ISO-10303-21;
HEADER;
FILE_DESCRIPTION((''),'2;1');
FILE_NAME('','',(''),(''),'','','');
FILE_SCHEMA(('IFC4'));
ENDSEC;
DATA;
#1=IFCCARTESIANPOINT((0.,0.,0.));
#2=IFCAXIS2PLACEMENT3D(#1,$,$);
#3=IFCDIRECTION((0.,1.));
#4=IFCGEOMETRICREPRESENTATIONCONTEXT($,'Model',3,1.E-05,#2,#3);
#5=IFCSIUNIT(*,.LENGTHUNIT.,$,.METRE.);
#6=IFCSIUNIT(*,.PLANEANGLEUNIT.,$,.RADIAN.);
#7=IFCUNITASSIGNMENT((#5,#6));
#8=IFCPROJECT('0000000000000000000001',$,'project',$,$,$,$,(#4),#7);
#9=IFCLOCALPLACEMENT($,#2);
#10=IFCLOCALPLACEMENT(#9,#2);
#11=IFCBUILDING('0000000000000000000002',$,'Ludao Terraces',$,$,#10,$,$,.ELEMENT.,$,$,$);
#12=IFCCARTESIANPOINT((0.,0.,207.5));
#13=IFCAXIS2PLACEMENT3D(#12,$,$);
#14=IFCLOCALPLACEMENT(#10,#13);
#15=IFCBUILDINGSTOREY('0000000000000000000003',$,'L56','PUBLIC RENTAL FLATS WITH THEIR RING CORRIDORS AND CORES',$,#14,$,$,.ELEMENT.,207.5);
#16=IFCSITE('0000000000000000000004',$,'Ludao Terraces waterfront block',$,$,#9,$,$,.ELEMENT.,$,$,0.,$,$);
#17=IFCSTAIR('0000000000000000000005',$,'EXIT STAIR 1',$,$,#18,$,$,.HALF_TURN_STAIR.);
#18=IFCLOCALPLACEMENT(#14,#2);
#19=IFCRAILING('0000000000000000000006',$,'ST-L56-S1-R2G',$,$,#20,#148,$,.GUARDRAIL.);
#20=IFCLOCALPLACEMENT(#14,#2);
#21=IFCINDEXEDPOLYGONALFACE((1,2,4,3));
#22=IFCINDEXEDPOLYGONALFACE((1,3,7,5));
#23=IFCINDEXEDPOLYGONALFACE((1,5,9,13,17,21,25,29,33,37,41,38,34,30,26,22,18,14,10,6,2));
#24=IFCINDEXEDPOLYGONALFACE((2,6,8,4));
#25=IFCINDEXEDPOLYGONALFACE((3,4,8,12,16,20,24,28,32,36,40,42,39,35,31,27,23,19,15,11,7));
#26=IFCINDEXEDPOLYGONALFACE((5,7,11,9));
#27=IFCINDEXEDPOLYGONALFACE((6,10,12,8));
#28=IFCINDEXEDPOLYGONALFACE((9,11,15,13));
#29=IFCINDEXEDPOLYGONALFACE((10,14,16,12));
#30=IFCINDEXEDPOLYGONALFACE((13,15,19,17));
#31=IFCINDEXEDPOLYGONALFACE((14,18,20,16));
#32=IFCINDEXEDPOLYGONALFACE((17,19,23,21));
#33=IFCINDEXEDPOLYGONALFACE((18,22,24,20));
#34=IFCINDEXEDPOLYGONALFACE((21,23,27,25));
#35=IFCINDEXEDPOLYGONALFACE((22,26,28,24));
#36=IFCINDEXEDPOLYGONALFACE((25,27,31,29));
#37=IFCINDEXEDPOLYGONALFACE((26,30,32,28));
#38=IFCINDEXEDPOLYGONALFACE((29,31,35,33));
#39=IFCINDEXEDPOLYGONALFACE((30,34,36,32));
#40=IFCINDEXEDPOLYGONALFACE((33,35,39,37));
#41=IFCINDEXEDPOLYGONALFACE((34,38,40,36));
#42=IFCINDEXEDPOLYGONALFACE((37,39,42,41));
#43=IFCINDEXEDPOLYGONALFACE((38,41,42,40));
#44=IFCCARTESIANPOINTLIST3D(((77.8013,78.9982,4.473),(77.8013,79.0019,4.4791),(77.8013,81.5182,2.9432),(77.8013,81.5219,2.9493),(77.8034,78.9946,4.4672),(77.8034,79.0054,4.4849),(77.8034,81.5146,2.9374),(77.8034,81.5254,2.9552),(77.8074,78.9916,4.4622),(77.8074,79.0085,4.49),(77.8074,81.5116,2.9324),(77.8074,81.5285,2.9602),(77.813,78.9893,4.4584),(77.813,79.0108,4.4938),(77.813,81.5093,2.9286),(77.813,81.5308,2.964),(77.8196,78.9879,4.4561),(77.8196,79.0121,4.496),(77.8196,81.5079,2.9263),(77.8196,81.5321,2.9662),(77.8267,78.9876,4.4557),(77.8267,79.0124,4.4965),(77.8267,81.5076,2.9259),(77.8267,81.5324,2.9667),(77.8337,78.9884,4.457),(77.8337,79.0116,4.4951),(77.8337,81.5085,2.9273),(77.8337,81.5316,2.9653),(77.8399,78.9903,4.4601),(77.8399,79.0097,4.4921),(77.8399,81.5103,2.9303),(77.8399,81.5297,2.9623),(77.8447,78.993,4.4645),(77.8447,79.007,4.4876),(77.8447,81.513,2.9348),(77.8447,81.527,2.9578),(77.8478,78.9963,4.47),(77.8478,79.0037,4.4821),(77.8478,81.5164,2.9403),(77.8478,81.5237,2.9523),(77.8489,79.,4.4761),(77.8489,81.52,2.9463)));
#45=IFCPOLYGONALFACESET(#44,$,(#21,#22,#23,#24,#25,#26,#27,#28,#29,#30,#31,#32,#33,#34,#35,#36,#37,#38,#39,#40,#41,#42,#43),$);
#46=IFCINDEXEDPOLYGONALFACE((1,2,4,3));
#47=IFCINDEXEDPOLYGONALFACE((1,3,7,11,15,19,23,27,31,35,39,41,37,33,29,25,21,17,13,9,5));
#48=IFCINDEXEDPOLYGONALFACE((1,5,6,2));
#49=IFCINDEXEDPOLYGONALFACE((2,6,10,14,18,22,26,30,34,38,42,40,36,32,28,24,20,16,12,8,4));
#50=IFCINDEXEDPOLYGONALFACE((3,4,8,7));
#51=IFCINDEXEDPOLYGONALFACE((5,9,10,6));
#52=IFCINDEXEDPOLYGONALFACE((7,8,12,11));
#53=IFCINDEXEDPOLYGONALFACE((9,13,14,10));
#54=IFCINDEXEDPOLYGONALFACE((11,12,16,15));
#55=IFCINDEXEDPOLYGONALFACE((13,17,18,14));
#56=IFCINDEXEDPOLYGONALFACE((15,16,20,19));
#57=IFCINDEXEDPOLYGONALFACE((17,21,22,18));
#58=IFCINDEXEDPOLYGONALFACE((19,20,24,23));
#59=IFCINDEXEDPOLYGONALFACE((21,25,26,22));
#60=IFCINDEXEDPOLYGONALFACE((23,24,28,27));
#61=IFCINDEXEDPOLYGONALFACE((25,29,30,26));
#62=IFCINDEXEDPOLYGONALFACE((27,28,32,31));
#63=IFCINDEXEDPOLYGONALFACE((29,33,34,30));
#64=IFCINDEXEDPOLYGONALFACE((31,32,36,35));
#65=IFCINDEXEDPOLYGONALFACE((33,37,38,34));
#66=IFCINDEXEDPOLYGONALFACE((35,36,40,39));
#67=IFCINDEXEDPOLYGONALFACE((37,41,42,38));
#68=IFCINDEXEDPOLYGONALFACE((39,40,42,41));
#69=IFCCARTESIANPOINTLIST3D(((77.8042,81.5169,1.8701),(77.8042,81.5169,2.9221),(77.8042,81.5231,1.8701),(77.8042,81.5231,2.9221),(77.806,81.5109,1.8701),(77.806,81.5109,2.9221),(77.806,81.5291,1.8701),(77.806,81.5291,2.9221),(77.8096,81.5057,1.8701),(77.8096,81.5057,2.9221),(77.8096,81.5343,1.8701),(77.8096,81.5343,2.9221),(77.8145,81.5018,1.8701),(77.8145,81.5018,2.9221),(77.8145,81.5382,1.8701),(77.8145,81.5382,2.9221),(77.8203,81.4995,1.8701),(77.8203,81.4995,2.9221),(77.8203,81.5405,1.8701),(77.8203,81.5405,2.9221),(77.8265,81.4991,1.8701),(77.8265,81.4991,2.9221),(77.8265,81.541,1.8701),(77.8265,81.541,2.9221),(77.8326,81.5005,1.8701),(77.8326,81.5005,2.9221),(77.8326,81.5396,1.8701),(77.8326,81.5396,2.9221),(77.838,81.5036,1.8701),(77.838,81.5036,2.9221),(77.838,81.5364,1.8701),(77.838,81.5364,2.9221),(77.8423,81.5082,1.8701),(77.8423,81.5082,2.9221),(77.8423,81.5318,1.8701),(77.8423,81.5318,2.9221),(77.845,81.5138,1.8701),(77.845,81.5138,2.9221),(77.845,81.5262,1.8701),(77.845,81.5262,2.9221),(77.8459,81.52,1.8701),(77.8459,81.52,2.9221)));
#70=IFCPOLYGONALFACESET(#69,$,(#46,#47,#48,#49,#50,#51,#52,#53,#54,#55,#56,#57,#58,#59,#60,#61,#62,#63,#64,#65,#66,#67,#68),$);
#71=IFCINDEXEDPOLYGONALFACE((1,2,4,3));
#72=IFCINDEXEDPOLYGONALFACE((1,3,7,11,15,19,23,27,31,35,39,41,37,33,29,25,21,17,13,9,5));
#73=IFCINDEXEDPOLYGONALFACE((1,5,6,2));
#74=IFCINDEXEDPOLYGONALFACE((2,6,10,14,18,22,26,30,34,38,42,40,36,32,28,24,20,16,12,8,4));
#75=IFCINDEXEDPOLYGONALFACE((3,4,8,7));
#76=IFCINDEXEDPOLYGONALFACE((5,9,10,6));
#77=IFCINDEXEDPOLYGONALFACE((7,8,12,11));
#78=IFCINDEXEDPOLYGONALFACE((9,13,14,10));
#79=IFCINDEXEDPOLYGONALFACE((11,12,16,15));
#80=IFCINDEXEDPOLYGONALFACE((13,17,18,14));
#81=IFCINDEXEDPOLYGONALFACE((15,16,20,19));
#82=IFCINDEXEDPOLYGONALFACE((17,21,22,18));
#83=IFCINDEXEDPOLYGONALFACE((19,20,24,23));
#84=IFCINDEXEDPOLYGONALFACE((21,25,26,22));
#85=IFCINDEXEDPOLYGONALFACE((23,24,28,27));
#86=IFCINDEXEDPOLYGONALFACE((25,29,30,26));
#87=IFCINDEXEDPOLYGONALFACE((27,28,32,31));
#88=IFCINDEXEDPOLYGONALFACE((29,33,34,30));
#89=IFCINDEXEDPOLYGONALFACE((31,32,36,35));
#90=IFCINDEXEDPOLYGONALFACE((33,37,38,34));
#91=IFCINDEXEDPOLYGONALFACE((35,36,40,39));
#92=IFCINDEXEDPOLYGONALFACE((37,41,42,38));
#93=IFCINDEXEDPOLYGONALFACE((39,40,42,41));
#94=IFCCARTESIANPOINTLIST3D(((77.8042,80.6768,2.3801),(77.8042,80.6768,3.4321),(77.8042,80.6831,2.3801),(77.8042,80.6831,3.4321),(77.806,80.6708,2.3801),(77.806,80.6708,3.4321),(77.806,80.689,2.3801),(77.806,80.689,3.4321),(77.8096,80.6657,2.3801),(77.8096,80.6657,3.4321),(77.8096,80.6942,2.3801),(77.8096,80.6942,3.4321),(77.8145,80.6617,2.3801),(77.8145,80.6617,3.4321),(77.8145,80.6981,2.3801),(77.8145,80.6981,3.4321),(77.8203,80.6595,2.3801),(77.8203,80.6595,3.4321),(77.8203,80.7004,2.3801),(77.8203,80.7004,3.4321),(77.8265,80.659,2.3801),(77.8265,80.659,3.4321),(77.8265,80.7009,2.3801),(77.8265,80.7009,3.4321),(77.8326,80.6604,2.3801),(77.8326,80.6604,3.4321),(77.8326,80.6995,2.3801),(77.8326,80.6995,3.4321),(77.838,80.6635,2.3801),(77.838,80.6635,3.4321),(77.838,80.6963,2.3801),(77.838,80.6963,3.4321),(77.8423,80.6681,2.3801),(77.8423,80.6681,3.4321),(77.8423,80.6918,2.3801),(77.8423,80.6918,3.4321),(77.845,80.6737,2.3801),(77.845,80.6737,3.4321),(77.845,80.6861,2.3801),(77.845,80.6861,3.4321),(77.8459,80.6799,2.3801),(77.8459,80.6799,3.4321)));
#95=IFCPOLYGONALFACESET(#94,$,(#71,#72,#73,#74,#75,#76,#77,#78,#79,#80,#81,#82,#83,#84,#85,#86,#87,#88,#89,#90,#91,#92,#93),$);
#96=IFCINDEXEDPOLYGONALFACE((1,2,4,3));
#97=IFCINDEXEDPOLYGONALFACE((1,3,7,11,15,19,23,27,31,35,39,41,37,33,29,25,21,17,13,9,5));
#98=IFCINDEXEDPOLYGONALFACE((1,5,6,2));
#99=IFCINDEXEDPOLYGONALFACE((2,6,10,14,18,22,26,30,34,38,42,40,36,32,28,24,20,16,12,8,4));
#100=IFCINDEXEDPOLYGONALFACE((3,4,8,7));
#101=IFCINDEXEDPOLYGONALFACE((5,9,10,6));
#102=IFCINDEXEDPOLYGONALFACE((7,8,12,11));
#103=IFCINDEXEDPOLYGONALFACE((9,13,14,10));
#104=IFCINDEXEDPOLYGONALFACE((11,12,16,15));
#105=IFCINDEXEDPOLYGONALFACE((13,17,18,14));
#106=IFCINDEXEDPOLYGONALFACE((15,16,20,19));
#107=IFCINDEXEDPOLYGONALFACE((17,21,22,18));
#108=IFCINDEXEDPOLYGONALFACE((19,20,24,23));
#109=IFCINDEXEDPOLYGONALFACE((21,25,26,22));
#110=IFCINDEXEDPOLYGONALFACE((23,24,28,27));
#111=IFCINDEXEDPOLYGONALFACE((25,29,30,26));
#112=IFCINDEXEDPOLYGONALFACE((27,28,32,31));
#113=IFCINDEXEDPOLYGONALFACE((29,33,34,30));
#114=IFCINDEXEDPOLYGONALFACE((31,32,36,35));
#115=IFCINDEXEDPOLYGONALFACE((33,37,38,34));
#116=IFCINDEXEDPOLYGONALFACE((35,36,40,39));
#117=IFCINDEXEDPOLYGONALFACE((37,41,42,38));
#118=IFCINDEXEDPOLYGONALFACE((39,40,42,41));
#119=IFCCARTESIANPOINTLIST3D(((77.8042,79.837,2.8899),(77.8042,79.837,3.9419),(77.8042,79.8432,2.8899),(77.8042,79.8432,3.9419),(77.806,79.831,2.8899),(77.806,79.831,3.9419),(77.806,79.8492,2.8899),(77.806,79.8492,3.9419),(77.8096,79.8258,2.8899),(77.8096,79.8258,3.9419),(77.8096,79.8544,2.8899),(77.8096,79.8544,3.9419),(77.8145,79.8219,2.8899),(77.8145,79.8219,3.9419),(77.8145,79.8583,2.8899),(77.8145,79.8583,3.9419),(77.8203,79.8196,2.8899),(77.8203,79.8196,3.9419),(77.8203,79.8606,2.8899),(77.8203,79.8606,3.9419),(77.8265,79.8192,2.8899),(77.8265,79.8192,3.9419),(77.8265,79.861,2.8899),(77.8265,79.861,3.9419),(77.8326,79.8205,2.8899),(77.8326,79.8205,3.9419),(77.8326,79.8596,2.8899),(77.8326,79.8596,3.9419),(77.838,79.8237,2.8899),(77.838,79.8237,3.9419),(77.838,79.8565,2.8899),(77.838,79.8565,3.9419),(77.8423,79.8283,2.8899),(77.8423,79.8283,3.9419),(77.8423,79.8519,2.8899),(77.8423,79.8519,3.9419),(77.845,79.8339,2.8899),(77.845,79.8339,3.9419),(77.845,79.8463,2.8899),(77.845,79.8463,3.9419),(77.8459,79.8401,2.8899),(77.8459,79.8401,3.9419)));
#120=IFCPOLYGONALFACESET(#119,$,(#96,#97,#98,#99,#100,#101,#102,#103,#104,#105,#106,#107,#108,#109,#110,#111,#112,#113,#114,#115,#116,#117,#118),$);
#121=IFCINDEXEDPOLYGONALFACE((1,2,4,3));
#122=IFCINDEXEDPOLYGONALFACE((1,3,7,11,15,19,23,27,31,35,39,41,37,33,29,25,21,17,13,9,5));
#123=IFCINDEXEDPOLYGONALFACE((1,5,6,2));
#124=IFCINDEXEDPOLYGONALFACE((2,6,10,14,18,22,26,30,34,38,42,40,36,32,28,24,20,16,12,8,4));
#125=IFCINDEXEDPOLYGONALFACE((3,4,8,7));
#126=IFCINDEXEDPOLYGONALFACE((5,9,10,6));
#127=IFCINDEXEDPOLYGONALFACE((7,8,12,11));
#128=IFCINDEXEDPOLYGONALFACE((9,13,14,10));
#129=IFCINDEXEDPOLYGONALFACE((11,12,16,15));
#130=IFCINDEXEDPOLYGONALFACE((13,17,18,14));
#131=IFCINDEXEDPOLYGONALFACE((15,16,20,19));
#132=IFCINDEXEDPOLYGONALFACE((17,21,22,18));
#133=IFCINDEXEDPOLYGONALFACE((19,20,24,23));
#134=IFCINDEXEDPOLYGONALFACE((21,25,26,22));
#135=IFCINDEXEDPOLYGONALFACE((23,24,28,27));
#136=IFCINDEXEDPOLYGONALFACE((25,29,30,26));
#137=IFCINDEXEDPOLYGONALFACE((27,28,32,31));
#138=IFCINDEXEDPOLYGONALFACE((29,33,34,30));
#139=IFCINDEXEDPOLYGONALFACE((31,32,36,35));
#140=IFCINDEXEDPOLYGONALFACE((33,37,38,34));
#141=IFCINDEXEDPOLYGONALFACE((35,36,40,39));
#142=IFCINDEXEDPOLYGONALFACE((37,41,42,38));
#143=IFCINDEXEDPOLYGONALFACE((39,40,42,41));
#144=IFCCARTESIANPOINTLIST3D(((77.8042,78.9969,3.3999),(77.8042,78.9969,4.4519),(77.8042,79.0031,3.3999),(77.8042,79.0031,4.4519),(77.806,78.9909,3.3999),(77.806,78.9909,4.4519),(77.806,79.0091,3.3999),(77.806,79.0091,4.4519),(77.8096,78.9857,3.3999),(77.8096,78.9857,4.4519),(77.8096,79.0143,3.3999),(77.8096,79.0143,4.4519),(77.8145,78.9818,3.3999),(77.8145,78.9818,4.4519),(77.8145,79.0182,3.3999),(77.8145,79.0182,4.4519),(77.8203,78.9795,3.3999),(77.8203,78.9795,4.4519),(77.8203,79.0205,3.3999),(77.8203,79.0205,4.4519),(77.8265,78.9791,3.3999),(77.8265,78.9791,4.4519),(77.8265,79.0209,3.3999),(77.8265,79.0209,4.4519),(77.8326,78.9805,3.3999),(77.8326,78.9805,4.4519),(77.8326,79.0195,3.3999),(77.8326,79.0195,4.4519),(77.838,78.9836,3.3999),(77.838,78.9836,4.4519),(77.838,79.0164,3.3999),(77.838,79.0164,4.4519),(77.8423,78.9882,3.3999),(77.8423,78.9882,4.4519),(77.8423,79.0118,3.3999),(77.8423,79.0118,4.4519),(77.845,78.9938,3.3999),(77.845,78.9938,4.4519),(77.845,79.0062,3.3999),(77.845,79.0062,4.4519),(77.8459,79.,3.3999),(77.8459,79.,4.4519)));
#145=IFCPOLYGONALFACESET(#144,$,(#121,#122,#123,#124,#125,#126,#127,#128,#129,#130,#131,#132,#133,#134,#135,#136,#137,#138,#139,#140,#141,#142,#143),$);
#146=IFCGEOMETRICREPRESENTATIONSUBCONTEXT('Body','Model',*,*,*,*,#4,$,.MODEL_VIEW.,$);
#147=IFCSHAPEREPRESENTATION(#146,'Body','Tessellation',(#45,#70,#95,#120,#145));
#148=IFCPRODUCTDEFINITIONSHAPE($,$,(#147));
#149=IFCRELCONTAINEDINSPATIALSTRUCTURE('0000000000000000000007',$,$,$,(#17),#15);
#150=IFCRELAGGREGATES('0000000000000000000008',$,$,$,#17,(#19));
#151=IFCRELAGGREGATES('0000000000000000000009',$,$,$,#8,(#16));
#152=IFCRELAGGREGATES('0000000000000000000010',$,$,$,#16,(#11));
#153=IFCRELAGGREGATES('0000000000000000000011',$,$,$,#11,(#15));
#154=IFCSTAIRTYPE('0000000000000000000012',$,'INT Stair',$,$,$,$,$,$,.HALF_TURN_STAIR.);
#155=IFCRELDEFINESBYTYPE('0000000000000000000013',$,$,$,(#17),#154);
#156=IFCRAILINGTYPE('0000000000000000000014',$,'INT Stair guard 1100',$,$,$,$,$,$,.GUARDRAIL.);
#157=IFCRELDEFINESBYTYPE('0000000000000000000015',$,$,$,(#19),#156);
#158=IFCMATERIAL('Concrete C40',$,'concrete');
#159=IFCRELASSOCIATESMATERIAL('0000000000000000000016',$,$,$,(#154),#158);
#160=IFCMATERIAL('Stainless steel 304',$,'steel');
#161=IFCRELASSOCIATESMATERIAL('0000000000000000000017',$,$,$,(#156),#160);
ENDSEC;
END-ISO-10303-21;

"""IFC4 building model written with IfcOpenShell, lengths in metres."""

from ifc_helpers import new_model, si_unit, direction, frame, origin, origin_2d, place, context, subcontext, project, spatial, circle, extrude, material, type_object, element, aggregate, save


model = new_model("IFC4")

# Units and contexts
model_context = context("Model", 3, precision=1e-05, world=origin(), true_north=direction((0.0, 1.0)))
body_context = subcontext(model_context, "Body", "Model", "MODEL_VIEW")
ifc_project = project(units=[si_unit("LENGTHUNIT", "METRE"), si_unit("PLANEANGLEUNIT", "RADIAN")], contexts=[model_context])

# Site, building, storey
site_placement = place(None, origin())
site = spatial("IfcSite", under=ifc_project, at=site_placement, Name="Ludao Terraces waterfront block", CompositionType="ELEMENT", RefElevation=0.0)
building_placement = place(site_placement, origin())
building = spatial("IfcBuilding", under=site, at=building_placement, Name="Ludao Terraces", CompositionType="ELEMENT")
storey_placement = place(building_placement, frame((0.0, 0.0, 207.5)))
storey = spatial("IfcBuildingStorey", under=building, at=storey_placement, Name="L56", Description="PUBLIC RENTAL FLATS WITH THEIR RING CORRIDORS AND CORES", CompositionType="ELEMENT", Elevation=207.5)

# Shared definitions
ifc_material_1 = material(Name="Concrete C40", Category="concrete")

# Stair, railing
stair_type = type_object("IfcStairType", Name="INT Stair", PredefinedType="HALF_TURN_STAIR", material=ifc_material_1)
stair_placement = place(storey_placement, origin())
stair = element("IfcStair", 1, at=stair_placement, inside=storey, type_object=stair_type, Name="EXIT STAIR 1", PredefinedType="HALF_TURN_STAIR")
ifc_material_2 = material(Name="Stainless steel 304", Category="steel")
railing_type_1 = type_object("IfcRailingType", Name="INT Stair guard 1100", PredefinedType="GUARDRAIL", material=ifc_material_2)
railing_1_placement = place(storey_placement, frame((77.825, 81.52, 1.8701)))
railing_1 = element("IfcRailing", 2, at=railing_1_placement, type_object=railing_type_1, Name="ST-L56-S1-R2G", PredefinedType="GUARDRAIL", context=body_context, shape_type="SweptSolid", body=[
    extrude(circle(Radius=0.0239, at=origin_2d()), frame((0.0, 0.0, 1.0762), z_axis=(0.0, -0.854822, 0.518922), x_axis=(1.0, 0.0, 0.0)), (0.0, 0.0, 1.0), 2.948),
    extrude(circle(Radius=0.021, at=origin_2d()), origin(), (0.0, 0.0, 1.0), 1.052),
    extrude(circle(Radius=0.021, at=origin_2d()), frame((0.0, -0.8401, 0.51)), (0.0, 0.0, 1.0), 1.052),
    extrude(circle(Radius=0.021, at=origin_2d()), frame((0.0, -1.6799, 1.0198)), (0.0, 0.0, 1.0), 1.052),
    extrude(circle(Radius=0.021, at=origin_2d()), frame((0.0, -2.52, 1.5298)), (0.0, 0.0, 1.0), 1.052),
])
aggregate(stair, [railing_1])

save(model, "model.ifc")
